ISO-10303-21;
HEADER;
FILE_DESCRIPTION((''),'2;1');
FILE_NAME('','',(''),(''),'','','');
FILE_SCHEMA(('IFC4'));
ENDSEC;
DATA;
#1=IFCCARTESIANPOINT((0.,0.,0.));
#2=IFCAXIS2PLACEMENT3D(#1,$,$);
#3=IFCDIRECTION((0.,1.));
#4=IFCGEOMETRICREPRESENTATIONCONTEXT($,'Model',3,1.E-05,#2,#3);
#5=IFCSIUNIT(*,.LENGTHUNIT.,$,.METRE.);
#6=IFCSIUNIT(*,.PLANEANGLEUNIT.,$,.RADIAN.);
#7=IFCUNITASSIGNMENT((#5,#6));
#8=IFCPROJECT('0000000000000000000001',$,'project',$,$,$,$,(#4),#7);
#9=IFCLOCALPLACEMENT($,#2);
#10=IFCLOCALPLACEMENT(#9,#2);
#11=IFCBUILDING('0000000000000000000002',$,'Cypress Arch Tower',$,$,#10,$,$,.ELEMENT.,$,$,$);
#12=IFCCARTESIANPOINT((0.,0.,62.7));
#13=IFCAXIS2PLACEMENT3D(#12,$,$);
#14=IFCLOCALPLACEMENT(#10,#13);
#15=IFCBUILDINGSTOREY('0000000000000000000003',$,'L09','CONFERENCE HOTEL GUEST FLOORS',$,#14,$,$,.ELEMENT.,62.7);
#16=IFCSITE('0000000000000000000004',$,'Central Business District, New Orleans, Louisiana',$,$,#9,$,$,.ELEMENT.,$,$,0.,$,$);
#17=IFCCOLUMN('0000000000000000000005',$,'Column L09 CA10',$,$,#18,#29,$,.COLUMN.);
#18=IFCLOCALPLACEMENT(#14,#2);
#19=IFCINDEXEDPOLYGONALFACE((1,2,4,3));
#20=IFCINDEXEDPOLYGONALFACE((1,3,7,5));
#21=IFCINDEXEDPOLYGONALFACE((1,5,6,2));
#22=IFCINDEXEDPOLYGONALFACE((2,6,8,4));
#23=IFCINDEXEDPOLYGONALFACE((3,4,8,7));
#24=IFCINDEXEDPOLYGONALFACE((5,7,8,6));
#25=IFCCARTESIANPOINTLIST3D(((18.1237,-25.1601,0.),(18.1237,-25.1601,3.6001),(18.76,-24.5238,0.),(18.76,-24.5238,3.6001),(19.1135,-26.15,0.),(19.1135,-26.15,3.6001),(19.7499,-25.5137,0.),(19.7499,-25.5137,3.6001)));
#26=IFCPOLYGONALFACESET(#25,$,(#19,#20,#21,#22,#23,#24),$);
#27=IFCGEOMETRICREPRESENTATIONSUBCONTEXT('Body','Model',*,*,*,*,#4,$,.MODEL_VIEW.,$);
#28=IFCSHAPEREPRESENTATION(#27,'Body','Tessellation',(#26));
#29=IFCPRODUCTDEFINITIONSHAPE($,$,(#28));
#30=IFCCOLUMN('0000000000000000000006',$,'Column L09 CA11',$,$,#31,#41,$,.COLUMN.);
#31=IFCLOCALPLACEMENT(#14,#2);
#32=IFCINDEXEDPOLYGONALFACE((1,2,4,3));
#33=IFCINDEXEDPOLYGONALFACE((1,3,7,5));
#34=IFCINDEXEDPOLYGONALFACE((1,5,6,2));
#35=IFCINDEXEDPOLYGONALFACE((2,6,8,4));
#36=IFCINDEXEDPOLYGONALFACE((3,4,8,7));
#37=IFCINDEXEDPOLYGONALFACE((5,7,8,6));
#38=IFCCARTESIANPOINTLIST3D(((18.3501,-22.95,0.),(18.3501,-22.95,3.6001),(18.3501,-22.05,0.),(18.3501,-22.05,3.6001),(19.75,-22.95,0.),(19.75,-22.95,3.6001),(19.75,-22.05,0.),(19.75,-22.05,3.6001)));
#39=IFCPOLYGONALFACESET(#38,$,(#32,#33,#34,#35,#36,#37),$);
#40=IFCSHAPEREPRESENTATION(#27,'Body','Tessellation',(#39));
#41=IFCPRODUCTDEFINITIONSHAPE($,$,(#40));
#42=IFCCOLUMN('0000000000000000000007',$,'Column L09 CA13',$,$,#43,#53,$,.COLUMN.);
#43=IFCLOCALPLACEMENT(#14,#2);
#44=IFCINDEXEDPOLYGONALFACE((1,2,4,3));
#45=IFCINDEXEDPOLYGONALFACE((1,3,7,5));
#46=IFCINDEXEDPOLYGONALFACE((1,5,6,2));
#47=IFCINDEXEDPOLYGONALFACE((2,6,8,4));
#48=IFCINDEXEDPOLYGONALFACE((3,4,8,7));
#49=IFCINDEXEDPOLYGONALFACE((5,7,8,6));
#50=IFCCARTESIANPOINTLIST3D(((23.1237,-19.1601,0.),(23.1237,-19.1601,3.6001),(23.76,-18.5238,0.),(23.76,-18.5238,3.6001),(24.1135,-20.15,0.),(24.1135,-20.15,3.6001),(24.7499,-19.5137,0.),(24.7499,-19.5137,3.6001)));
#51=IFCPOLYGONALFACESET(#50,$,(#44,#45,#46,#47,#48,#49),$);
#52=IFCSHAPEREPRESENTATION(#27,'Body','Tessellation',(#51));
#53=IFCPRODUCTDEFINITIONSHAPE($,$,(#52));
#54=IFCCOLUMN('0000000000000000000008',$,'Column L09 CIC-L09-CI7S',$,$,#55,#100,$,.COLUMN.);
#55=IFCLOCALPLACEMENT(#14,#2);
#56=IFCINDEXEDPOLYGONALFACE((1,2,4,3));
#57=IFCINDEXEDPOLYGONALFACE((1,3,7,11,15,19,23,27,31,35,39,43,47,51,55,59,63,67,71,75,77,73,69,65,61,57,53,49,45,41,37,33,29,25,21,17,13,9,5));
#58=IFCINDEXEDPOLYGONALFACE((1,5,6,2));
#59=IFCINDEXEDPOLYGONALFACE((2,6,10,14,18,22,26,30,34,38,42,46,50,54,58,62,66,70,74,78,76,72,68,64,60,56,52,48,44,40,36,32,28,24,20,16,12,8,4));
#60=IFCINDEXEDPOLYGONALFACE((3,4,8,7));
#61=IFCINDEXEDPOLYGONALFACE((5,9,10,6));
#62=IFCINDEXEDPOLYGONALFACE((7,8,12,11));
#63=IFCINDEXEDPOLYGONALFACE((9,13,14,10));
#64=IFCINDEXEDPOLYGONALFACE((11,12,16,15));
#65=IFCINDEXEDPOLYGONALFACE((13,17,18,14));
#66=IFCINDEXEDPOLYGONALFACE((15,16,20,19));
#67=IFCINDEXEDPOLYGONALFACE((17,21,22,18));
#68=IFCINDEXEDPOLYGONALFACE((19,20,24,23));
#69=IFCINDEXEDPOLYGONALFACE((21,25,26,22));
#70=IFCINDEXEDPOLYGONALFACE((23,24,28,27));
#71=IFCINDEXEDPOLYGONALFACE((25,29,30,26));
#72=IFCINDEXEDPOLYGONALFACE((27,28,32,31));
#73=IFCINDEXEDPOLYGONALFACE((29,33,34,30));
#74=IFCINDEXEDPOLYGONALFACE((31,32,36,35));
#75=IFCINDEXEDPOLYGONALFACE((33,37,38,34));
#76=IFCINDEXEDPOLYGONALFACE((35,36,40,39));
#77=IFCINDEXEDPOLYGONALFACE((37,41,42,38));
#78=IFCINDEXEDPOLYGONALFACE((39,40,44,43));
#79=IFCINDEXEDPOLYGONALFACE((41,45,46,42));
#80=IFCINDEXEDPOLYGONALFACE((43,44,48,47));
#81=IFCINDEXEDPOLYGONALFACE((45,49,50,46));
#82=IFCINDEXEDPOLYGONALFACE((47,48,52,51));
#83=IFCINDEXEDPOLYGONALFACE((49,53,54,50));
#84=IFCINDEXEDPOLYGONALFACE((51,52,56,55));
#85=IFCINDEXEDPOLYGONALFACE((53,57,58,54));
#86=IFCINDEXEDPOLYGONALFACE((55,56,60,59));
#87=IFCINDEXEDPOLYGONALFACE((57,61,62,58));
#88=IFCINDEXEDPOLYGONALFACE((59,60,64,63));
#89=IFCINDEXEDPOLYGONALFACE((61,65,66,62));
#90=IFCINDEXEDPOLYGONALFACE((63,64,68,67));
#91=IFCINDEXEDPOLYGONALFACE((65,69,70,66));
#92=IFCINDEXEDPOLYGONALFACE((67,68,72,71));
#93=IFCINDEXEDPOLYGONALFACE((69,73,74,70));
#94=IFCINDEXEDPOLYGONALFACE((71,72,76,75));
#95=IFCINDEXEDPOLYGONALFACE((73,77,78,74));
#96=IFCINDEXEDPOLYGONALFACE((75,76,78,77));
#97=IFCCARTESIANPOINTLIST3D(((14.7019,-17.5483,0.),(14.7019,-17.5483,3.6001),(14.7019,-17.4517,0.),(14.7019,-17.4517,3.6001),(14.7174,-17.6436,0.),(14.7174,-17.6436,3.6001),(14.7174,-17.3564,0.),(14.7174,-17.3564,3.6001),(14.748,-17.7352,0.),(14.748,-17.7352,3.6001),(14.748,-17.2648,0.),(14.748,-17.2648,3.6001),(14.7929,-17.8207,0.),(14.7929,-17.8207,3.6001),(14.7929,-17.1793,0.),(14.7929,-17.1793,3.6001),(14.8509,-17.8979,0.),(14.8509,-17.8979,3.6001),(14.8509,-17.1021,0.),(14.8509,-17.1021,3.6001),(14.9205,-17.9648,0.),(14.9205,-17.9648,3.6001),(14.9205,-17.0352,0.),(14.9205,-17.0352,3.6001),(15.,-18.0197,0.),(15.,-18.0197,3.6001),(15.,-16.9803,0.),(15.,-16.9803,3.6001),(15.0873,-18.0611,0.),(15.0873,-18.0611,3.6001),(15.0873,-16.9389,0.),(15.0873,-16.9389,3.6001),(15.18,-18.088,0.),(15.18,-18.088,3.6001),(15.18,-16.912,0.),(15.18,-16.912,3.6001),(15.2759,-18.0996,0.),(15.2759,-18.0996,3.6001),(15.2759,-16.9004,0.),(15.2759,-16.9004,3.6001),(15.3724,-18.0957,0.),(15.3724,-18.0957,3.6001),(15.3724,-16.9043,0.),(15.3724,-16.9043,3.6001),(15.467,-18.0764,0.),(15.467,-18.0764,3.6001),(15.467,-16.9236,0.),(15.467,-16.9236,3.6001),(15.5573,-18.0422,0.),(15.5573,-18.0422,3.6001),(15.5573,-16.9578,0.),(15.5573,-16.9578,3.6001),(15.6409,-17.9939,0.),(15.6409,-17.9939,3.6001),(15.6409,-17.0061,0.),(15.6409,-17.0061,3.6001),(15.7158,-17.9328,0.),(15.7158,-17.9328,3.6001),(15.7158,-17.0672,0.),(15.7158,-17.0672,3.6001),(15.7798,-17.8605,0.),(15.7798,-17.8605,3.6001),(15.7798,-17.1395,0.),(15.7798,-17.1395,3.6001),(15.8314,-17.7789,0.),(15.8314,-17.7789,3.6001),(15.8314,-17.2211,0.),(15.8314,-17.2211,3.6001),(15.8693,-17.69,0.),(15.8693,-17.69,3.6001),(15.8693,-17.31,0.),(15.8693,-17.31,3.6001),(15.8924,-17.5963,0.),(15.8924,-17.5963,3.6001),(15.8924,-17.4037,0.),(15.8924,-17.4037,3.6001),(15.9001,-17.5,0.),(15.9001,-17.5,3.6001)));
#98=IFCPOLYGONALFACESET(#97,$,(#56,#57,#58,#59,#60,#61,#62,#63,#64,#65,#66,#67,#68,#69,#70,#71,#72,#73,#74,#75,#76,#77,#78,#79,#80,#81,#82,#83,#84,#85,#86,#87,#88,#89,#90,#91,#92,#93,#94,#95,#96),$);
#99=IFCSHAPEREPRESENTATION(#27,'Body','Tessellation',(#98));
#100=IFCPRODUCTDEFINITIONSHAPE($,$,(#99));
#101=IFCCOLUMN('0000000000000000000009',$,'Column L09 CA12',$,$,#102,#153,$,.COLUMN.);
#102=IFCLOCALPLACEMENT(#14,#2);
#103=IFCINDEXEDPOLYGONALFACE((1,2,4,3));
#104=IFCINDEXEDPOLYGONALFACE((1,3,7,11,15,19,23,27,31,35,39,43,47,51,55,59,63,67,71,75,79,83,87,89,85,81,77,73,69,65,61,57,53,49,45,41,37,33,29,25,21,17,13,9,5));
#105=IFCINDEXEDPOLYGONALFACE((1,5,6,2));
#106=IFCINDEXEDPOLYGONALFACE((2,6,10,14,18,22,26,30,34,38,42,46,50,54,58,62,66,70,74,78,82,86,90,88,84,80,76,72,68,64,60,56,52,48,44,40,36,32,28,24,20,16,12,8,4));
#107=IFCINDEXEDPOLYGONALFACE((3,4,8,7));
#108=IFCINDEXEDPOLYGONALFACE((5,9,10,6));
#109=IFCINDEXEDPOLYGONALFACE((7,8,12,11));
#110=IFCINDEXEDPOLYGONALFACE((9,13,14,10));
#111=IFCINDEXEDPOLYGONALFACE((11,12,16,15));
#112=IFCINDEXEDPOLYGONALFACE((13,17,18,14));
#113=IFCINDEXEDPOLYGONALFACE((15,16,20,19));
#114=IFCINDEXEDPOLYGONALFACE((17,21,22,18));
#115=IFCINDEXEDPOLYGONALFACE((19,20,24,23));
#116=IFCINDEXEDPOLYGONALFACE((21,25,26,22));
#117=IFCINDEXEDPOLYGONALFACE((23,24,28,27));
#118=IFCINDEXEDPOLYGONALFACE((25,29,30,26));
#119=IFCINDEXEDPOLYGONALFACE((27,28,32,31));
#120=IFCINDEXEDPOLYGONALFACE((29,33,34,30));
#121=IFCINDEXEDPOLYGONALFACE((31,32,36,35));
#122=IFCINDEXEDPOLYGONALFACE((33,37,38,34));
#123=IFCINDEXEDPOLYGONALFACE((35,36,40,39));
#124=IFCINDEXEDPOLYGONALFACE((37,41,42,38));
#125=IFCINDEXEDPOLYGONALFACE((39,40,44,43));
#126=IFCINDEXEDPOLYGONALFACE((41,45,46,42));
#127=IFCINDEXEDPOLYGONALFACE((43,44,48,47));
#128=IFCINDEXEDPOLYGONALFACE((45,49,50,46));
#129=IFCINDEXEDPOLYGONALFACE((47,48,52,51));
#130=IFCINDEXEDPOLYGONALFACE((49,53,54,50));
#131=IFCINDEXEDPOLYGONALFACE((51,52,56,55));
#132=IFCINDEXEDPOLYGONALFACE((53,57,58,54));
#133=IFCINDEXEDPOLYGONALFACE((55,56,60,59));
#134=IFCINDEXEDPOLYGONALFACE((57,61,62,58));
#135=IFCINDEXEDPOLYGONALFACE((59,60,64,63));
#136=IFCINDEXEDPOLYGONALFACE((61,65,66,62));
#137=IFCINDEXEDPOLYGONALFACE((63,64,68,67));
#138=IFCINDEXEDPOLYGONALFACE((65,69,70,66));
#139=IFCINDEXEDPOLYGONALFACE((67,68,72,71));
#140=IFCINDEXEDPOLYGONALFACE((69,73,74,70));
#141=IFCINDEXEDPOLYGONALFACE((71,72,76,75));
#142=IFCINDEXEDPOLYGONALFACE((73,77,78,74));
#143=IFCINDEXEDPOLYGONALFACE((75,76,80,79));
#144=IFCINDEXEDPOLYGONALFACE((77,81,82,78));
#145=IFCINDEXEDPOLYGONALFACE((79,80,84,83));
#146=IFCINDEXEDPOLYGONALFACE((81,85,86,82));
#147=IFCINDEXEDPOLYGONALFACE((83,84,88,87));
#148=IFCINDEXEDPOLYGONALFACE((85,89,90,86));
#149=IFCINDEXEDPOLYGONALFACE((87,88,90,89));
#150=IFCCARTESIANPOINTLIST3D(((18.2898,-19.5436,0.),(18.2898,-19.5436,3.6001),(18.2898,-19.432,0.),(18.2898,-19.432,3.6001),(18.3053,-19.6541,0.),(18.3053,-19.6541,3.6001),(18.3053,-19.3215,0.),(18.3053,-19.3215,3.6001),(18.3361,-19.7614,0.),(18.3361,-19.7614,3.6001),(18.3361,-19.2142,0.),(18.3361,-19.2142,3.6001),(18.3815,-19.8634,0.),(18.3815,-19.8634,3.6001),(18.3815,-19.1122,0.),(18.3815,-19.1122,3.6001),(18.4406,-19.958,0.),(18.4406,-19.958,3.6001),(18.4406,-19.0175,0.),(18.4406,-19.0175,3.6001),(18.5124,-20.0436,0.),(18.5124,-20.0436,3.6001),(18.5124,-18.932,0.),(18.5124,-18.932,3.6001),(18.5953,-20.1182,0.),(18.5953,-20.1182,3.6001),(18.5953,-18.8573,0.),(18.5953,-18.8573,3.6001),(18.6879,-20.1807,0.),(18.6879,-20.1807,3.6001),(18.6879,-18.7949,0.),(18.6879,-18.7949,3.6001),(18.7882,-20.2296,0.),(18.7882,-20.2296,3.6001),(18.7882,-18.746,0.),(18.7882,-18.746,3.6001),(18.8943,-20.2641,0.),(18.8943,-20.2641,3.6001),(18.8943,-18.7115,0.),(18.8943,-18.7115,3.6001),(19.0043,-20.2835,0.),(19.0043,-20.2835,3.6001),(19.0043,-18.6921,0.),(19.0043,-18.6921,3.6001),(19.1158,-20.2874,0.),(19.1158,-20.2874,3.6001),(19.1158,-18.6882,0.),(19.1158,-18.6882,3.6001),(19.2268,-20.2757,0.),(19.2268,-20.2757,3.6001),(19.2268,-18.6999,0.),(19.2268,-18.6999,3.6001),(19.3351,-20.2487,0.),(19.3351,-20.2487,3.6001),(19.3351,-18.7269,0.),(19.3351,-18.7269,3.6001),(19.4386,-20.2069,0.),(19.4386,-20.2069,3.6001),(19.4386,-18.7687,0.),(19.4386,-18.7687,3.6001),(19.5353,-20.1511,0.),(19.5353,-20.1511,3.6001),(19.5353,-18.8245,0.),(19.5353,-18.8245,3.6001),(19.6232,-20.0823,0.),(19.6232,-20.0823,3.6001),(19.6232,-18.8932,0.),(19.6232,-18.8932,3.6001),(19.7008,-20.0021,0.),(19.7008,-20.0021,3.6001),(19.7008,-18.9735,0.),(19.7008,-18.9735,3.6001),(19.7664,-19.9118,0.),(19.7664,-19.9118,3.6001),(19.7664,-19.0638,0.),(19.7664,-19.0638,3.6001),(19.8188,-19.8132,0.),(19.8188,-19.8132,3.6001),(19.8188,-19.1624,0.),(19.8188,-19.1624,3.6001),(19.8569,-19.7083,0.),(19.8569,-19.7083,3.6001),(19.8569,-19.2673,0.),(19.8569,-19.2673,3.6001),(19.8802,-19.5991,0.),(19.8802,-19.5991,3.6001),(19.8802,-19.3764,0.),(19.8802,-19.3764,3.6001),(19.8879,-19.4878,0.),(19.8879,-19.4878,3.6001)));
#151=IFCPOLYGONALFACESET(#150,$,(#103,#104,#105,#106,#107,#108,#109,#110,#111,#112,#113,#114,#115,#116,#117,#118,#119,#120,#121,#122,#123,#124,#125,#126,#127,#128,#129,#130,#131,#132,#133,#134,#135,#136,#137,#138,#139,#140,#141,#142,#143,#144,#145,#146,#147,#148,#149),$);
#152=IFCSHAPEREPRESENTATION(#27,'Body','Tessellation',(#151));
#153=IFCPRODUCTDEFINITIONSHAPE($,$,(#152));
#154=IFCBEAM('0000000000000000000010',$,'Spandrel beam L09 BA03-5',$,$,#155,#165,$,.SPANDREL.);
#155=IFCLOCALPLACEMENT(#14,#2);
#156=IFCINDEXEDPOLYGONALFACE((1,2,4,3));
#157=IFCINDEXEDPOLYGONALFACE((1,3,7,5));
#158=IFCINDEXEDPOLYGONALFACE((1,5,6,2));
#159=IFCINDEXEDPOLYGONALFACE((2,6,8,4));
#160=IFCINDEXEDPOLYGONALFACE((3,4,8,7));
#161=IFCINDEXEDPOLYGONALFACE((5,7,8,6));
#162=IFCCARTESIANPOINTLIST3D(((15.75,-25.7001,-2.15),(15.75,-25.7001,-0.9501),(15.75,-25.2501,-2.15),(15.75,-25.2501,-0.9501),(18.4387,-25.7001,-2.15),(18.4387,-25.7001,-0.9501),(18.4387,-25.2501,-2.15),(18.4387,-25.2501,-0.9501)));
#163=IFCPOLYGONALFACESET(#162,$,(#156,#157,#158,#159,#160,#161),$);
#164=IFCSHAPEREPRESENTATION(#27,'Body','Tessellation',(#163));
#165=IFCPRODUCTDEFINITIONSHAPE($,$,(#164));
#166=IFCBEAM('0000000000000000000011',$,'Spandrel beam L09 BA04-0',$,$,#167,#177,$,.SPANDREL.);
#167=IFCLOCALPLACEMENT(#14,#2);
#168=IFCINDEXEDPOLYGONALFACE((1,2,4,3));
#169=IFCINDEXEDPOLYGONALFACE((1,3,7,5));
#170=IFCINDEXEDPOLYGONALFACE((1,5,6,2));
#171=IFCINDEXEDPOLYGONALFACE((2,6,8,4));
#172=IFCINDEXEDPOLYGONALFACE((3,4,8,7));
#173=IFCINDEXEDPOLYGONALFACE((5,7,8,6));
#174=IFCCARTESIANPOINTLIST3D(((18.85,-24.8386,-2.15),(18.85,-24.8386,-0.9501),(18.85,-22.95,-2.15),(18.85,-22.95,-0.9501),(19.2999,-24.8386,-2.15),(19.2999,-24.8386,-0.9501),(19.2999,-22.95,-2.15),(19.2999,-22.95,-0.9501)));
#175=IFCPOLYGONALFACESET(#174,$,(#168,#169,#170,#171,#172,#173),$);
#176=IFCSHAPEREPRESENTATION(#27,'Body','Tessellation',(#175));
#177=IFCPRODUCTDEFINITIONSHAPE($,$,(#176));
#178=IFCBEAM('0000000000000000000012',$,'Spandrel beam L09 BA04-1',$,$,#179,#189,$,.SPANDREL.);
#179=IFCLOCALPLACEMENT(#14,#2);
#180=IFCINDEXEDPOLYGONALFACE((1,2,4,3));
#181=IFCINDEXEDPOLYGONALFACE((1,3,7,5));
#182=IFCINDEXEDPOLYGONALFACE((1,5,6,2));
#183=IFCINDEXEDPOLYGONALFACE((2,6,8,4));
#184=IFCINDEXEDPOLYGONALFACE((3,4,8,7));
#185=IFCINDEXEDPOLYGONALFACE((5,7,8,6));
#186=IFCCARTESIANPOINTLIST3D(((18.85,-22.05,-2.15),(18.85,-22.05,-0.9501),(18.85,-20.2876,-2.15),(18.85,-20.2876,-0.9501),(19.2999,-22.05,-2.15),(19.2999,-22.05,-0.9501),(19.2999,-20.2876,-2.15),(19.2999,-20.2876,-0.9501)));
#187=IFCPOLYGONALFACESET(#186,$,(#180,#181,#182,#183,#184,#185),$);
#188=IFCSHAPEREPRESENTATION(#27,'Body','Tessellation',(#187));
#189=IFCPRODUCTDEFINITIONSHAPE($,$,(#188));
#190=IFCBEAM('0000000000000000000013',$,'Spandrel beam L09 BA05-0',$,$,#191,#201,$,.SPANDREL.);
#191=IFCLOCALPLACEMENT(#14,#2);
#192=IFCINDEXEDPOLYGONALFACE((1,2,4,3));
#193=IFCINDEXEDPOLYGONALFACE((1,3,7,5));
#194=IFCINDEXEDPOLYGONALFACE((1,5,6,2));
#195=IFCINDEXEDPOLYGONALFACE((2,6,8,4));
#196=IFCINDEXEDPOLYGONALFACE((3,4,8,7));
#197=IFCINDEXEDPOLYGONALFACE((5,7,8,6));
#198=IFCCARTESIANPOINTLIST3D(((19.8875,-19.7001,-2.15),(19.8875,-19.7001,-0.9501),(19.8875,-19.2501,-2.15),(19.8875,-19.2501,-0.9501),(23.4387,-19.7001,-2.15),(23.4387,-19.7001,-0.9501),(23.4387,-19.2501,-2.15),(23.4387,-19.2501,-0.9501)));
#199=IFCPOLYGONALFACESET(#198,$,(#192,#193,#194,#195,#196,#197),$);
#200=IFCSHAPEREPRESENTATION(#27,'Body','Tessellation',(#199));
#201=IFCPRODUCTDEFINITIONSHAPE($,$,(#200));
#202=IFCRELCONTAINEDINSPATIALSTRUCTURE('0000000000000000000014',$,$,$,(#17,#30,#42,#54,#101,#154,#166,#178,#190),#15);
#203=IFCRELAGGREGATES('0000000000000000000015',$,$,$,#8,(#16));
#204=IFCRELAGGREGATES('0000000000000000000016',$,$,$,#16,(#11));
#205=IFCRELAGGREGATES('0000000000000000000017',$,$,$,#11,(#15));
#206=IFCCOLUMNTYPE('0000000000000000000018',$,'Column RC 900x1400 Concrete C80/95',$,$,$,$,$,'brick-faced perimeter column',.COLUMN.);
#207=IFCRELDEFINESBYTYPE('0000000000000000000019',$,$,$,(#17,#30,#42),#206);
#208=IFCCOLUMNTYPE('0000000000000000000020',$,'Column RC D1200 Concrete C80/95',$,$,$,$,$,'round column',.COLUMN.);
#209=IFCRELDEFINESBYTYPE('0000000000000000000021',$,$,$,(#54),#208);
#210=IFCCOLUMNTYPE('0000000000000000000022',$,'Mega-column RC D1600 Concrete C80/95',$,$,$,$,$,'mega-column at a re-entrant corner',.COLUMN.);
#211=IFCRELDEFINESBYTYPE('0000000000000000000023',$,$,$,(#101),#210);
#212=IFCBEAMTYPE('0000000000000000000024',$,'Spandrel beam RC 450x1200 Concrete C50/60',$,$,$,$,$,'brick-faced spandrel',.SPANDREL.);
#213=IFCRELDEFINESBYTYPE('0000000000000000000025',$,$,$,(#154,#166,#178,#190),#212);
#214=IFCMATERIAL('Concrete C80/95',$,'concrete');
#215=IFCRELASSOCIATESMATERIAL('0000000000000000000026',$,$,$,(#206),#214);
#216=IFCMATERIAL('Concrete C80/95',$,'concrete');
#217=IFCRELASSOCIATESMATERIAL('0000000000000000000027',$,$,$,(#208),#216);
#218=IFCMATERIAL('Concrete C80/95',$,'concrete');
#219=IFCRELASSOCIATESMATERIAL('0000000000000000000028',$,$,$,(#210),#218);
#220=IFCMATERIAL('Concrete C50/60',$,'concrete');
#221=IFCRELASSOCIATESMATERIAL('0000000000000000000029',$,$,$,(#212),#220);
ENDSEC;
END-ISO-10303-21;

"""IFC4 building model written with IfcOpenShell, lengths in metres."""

from ifc_helpers import new_model, si_unit, direction, frame, origin, origin_2d, place, context, subcontext, project, spatial, rectangle, circle, extrude, material, material_profile, profile_set, type_object, element, save


model = new_model("IFC4")

# Units and contexts
model_context = context("Model", 3, precision=1e-05, world=origin(), true_north=direction((0.0, 1.0)))
body_context = subcontext(model_context, "Body", "Model", "MODEL_VIEW")
ifc_project = project(units=[si_unit("LENGTHUNIT", "METRE"), si_unit("PLANEANGLEUNIT", "RADIAN")], contexts=[model_context])

# Site, building, storey
site_placement = place(None, origin())
site = spatial("IfcSite", under=ifc_project, at=site_placement, Name="Central Business District, New Orleans, Louisiana", CompositionType="ELEMENT", RefElevation=0.0)
building_placement = place(site_placement, origin())
building = spatial("IfcBuilding", under=site, at=building_placement, Name="Cypress Arch Tower", CompositionType="ELEMENT")
storey_placement = place(building_placement, frame((0.0, 0.0, 62.7)))
storey = spatial("IfcBuildingStorey", under=building, at=storey_placement, Name="L09", Description="CONFERENCE HOTEL GUEST FLOORS", CompositionType="ELEMENT", Elevation=62.7)

# Columns
ifc_material_1 = material(Name="Concrete C80/95", Category="concrete")
ifc_material_profile_1 = material_profile(ifc_material_1, rectangle(XDim=0.8999, YDim=1.3999, at=origin_2d()), Name="RC 900x1400")
ifc_profile_set_1 = profile_set([ifc_material_profile_1], Name="Concrete C80/95")
column_type_1 = type_object("IfcColumnType", Name="Column RC 900x1400 Concrete C80/95", ElementType="brick-faced perimeter column", PredefinedType="COLUMN", material=ifc_profile_set_1)
for number, where, z_axis, x_axis, name in (
    (1, (18.9368, -25.3369, 0.0), (0.0, 0.0, 1.0), (0.707107, 0.707107, 0.0), "Column L09 CA10"),
    (2, (19.05, -22.5, 0.0), (0.0, 0.0, 1.0), (0.0, 1.0, 0.0), "Column L09 CA11"),
    (3, (23.9368, -19.3369, 0.0), (0.0, 0.0, 1.0), (0.707107, 0.707107, 0.0), "Column L09 CA13"),
):
    element("IfcColumn", number, at=place(storey_placement, frame(where, z_axis=z_axis, x_axis=x_axis)), inside=storey, type_object=column_type_1, Name=name, PredefinedType="COLUMN", context=body_context, shape_type="SweptSolid", body=[
        extrude(rectangle(XDim=0.8999, YDim=1.3999, at=origin_2d()), origin(), (0.0, 0.0, 1.0), 3.6001),
    ])
ifc_material_2 = material(Name="Concrete C80/95", Category="concrete")
ifc_material_profile_2 = material_profile(ifc_material_2, circle(Radius=0.6001, at=origin_2d()), Name="RC D1200")
ifc_profile_set_2 = profile_set([ifc_material_profile_2], Name="Concrete C80/95")
column_type_2 = type_object("IfcColumnType", Name="Column RC D1200 Concrete C80/95", ElementType="round column", PredefinedType="COLUMN", material=ifc_profile_set_2)
column_1_placement = place(storey_placement, frame((15.3, -17.5, 0.0), z_axis=(0.0, 0.0, 1.0), x_axis=(1.0, 0.0, 0.0)))
element("IfcColumn", 4, at=column_1_placement, inside=storey, type_object=column_type_2, Name="Column L09 CIC-L09-CI7S", PredefinedType="COLUMN", context=body_context, shape_type="SweptSolid", body=[
    extrude(circle(Radius=0.6001, at=origin_2d()), origin(), (0.0, 0.0, 1.0), 3.6001),
])
ifc_material_3 = material(Name="Concrete C80/95", Category="concrete")
ifc_material_profile_3 = material_profile(ifc_material_3, circle(Radius=0.8, at=origin_2d()), Name="RC D1600")
ifc_profile_set_3 = profile_set([ifc_material_profile_3], Name="Concrete C80/95")
column_type_3 = type_object("IfcColumnType", Name="Mega-column RC D1600 Concrete C80/95", ElementType="mega-column at a re-entrant corner", PredefinedType="COLUMN", material=ifc_profile_set_3)
column_2_placement = place(storey_placement, frame((19.0879, -19.4878, 0.0), z_axis=(0.0, 0.0, 1.0), x_axis=(1.0, 0.0, 0.0)))
element("IfcColumn", 5, at=column_2_placement, inside=storey, type_object=column_type_3, Name="Column L09 CA12", PredefinedType="COLUMN", context=body_context, shape_type="SweptSolid", body=[
    extrude(circle(Radius=0.8, at=origin_2d()), origin(), (0.0, 0.0, 1.0), 3.6001),
])

# Beams
ifc_material_4 = material(Name="Concrete C50/60", Category="concrete")
ifc_material_profile_4 = material_profile(ifc_material_4, rectangle(XDim=0.45, YDim=1.2, at=origin_2d()), Name="RC 450x1200")
ifc_profile_set_4 = profile_set([ifc_material_profile_4], Name="Concrete C50/60")
beam_type = type_object("IfcBeamType", Name="Spandrel beam RC 450x1200 Concrete C50/60", ElementType="brick-faced spandrel", PredefinedType="SPANDREL", material=ifc_profile_set_4)
beam_1_placement = place(storey_placement, frame((15.75, -25.4751, -1.55), z_axis=(1.0, 0.0, 0.0), x_axis=(0.0, 1.0, 0.0)))
element("IfcBeam", 6, at=beam_1_placement, inside=storey, type_object=beam_type, Name="Spandrel beam L09 BA03-5", PredefinedType="SPANDREL", context=body_context, shape_type="SweptSolid", body=[
    extrude(rectangle(XDim=0.45, YDim=1.2, at=origin_2d()), origin(), (0.0, 0.0, 1.0), 2.6887),
])
beam_2_placement = place(storey_placement, frame((19.075, -24.8386, -1.55), z_axis=(0.0, 1.0, 0.0), x_axis=(-1.0, 0.0, 0.0)))
element("IfcBeam", 7, at=beam_2_placement, inside=storey, type_object=beam_type, Name="Spandrel beam L09 BA04-0", PredefinedType="SPANDREL", context=body_context, shape_type="SweptSolid", body=[
    extrude(rectangle(XDim=0.45, YDim=1.2, at=origin_2d()), origin(), (0.0, 0.0, 1.0), 1.8887),
])
beam_3_placement = place(storey_placement, frame((19.075, -22.05, -1.55), z_axis=(0.0, 1.0, 0.0), x_axis=(-1.0, 0.0, 0.0)))
element("IfcBeam", 8, at=beam_3_placement, inside=storey, type_object=beam_type, Name="Spandrel beam L09 BA04-1", PredefinedType="SPANDREL", context=body_context, shape_type="SweptSolid", body=[
    extrude(rectangle(XDim=0.45, YDim=1.2, at=origin_2d()), origin(), (0.0, 0.0, 1.0), 1.7625),
])
beam_4_placement = place(storey_placement, frame((19.8875, -19.4751, -1.55), z_axis=(1.0, 0.0, 0.0), x_axis=(0.0, 1.0, 0.0)))
element("IfcBeam", 9, at=beam_4_placement, inside=storey, type_object=beam_type, Name="Spandrel beam L09 BA05-0", PredefinedType="SPANDREL", context=body_context, shape_type="SweptSolid", body=[
    extrude(rectangle(XDim=0.45, YDim=1.2, at=origin_2d()), origin(), (0.0, 0.0, 1.0), 3.5513),
])

save(model, "model.ifc")
